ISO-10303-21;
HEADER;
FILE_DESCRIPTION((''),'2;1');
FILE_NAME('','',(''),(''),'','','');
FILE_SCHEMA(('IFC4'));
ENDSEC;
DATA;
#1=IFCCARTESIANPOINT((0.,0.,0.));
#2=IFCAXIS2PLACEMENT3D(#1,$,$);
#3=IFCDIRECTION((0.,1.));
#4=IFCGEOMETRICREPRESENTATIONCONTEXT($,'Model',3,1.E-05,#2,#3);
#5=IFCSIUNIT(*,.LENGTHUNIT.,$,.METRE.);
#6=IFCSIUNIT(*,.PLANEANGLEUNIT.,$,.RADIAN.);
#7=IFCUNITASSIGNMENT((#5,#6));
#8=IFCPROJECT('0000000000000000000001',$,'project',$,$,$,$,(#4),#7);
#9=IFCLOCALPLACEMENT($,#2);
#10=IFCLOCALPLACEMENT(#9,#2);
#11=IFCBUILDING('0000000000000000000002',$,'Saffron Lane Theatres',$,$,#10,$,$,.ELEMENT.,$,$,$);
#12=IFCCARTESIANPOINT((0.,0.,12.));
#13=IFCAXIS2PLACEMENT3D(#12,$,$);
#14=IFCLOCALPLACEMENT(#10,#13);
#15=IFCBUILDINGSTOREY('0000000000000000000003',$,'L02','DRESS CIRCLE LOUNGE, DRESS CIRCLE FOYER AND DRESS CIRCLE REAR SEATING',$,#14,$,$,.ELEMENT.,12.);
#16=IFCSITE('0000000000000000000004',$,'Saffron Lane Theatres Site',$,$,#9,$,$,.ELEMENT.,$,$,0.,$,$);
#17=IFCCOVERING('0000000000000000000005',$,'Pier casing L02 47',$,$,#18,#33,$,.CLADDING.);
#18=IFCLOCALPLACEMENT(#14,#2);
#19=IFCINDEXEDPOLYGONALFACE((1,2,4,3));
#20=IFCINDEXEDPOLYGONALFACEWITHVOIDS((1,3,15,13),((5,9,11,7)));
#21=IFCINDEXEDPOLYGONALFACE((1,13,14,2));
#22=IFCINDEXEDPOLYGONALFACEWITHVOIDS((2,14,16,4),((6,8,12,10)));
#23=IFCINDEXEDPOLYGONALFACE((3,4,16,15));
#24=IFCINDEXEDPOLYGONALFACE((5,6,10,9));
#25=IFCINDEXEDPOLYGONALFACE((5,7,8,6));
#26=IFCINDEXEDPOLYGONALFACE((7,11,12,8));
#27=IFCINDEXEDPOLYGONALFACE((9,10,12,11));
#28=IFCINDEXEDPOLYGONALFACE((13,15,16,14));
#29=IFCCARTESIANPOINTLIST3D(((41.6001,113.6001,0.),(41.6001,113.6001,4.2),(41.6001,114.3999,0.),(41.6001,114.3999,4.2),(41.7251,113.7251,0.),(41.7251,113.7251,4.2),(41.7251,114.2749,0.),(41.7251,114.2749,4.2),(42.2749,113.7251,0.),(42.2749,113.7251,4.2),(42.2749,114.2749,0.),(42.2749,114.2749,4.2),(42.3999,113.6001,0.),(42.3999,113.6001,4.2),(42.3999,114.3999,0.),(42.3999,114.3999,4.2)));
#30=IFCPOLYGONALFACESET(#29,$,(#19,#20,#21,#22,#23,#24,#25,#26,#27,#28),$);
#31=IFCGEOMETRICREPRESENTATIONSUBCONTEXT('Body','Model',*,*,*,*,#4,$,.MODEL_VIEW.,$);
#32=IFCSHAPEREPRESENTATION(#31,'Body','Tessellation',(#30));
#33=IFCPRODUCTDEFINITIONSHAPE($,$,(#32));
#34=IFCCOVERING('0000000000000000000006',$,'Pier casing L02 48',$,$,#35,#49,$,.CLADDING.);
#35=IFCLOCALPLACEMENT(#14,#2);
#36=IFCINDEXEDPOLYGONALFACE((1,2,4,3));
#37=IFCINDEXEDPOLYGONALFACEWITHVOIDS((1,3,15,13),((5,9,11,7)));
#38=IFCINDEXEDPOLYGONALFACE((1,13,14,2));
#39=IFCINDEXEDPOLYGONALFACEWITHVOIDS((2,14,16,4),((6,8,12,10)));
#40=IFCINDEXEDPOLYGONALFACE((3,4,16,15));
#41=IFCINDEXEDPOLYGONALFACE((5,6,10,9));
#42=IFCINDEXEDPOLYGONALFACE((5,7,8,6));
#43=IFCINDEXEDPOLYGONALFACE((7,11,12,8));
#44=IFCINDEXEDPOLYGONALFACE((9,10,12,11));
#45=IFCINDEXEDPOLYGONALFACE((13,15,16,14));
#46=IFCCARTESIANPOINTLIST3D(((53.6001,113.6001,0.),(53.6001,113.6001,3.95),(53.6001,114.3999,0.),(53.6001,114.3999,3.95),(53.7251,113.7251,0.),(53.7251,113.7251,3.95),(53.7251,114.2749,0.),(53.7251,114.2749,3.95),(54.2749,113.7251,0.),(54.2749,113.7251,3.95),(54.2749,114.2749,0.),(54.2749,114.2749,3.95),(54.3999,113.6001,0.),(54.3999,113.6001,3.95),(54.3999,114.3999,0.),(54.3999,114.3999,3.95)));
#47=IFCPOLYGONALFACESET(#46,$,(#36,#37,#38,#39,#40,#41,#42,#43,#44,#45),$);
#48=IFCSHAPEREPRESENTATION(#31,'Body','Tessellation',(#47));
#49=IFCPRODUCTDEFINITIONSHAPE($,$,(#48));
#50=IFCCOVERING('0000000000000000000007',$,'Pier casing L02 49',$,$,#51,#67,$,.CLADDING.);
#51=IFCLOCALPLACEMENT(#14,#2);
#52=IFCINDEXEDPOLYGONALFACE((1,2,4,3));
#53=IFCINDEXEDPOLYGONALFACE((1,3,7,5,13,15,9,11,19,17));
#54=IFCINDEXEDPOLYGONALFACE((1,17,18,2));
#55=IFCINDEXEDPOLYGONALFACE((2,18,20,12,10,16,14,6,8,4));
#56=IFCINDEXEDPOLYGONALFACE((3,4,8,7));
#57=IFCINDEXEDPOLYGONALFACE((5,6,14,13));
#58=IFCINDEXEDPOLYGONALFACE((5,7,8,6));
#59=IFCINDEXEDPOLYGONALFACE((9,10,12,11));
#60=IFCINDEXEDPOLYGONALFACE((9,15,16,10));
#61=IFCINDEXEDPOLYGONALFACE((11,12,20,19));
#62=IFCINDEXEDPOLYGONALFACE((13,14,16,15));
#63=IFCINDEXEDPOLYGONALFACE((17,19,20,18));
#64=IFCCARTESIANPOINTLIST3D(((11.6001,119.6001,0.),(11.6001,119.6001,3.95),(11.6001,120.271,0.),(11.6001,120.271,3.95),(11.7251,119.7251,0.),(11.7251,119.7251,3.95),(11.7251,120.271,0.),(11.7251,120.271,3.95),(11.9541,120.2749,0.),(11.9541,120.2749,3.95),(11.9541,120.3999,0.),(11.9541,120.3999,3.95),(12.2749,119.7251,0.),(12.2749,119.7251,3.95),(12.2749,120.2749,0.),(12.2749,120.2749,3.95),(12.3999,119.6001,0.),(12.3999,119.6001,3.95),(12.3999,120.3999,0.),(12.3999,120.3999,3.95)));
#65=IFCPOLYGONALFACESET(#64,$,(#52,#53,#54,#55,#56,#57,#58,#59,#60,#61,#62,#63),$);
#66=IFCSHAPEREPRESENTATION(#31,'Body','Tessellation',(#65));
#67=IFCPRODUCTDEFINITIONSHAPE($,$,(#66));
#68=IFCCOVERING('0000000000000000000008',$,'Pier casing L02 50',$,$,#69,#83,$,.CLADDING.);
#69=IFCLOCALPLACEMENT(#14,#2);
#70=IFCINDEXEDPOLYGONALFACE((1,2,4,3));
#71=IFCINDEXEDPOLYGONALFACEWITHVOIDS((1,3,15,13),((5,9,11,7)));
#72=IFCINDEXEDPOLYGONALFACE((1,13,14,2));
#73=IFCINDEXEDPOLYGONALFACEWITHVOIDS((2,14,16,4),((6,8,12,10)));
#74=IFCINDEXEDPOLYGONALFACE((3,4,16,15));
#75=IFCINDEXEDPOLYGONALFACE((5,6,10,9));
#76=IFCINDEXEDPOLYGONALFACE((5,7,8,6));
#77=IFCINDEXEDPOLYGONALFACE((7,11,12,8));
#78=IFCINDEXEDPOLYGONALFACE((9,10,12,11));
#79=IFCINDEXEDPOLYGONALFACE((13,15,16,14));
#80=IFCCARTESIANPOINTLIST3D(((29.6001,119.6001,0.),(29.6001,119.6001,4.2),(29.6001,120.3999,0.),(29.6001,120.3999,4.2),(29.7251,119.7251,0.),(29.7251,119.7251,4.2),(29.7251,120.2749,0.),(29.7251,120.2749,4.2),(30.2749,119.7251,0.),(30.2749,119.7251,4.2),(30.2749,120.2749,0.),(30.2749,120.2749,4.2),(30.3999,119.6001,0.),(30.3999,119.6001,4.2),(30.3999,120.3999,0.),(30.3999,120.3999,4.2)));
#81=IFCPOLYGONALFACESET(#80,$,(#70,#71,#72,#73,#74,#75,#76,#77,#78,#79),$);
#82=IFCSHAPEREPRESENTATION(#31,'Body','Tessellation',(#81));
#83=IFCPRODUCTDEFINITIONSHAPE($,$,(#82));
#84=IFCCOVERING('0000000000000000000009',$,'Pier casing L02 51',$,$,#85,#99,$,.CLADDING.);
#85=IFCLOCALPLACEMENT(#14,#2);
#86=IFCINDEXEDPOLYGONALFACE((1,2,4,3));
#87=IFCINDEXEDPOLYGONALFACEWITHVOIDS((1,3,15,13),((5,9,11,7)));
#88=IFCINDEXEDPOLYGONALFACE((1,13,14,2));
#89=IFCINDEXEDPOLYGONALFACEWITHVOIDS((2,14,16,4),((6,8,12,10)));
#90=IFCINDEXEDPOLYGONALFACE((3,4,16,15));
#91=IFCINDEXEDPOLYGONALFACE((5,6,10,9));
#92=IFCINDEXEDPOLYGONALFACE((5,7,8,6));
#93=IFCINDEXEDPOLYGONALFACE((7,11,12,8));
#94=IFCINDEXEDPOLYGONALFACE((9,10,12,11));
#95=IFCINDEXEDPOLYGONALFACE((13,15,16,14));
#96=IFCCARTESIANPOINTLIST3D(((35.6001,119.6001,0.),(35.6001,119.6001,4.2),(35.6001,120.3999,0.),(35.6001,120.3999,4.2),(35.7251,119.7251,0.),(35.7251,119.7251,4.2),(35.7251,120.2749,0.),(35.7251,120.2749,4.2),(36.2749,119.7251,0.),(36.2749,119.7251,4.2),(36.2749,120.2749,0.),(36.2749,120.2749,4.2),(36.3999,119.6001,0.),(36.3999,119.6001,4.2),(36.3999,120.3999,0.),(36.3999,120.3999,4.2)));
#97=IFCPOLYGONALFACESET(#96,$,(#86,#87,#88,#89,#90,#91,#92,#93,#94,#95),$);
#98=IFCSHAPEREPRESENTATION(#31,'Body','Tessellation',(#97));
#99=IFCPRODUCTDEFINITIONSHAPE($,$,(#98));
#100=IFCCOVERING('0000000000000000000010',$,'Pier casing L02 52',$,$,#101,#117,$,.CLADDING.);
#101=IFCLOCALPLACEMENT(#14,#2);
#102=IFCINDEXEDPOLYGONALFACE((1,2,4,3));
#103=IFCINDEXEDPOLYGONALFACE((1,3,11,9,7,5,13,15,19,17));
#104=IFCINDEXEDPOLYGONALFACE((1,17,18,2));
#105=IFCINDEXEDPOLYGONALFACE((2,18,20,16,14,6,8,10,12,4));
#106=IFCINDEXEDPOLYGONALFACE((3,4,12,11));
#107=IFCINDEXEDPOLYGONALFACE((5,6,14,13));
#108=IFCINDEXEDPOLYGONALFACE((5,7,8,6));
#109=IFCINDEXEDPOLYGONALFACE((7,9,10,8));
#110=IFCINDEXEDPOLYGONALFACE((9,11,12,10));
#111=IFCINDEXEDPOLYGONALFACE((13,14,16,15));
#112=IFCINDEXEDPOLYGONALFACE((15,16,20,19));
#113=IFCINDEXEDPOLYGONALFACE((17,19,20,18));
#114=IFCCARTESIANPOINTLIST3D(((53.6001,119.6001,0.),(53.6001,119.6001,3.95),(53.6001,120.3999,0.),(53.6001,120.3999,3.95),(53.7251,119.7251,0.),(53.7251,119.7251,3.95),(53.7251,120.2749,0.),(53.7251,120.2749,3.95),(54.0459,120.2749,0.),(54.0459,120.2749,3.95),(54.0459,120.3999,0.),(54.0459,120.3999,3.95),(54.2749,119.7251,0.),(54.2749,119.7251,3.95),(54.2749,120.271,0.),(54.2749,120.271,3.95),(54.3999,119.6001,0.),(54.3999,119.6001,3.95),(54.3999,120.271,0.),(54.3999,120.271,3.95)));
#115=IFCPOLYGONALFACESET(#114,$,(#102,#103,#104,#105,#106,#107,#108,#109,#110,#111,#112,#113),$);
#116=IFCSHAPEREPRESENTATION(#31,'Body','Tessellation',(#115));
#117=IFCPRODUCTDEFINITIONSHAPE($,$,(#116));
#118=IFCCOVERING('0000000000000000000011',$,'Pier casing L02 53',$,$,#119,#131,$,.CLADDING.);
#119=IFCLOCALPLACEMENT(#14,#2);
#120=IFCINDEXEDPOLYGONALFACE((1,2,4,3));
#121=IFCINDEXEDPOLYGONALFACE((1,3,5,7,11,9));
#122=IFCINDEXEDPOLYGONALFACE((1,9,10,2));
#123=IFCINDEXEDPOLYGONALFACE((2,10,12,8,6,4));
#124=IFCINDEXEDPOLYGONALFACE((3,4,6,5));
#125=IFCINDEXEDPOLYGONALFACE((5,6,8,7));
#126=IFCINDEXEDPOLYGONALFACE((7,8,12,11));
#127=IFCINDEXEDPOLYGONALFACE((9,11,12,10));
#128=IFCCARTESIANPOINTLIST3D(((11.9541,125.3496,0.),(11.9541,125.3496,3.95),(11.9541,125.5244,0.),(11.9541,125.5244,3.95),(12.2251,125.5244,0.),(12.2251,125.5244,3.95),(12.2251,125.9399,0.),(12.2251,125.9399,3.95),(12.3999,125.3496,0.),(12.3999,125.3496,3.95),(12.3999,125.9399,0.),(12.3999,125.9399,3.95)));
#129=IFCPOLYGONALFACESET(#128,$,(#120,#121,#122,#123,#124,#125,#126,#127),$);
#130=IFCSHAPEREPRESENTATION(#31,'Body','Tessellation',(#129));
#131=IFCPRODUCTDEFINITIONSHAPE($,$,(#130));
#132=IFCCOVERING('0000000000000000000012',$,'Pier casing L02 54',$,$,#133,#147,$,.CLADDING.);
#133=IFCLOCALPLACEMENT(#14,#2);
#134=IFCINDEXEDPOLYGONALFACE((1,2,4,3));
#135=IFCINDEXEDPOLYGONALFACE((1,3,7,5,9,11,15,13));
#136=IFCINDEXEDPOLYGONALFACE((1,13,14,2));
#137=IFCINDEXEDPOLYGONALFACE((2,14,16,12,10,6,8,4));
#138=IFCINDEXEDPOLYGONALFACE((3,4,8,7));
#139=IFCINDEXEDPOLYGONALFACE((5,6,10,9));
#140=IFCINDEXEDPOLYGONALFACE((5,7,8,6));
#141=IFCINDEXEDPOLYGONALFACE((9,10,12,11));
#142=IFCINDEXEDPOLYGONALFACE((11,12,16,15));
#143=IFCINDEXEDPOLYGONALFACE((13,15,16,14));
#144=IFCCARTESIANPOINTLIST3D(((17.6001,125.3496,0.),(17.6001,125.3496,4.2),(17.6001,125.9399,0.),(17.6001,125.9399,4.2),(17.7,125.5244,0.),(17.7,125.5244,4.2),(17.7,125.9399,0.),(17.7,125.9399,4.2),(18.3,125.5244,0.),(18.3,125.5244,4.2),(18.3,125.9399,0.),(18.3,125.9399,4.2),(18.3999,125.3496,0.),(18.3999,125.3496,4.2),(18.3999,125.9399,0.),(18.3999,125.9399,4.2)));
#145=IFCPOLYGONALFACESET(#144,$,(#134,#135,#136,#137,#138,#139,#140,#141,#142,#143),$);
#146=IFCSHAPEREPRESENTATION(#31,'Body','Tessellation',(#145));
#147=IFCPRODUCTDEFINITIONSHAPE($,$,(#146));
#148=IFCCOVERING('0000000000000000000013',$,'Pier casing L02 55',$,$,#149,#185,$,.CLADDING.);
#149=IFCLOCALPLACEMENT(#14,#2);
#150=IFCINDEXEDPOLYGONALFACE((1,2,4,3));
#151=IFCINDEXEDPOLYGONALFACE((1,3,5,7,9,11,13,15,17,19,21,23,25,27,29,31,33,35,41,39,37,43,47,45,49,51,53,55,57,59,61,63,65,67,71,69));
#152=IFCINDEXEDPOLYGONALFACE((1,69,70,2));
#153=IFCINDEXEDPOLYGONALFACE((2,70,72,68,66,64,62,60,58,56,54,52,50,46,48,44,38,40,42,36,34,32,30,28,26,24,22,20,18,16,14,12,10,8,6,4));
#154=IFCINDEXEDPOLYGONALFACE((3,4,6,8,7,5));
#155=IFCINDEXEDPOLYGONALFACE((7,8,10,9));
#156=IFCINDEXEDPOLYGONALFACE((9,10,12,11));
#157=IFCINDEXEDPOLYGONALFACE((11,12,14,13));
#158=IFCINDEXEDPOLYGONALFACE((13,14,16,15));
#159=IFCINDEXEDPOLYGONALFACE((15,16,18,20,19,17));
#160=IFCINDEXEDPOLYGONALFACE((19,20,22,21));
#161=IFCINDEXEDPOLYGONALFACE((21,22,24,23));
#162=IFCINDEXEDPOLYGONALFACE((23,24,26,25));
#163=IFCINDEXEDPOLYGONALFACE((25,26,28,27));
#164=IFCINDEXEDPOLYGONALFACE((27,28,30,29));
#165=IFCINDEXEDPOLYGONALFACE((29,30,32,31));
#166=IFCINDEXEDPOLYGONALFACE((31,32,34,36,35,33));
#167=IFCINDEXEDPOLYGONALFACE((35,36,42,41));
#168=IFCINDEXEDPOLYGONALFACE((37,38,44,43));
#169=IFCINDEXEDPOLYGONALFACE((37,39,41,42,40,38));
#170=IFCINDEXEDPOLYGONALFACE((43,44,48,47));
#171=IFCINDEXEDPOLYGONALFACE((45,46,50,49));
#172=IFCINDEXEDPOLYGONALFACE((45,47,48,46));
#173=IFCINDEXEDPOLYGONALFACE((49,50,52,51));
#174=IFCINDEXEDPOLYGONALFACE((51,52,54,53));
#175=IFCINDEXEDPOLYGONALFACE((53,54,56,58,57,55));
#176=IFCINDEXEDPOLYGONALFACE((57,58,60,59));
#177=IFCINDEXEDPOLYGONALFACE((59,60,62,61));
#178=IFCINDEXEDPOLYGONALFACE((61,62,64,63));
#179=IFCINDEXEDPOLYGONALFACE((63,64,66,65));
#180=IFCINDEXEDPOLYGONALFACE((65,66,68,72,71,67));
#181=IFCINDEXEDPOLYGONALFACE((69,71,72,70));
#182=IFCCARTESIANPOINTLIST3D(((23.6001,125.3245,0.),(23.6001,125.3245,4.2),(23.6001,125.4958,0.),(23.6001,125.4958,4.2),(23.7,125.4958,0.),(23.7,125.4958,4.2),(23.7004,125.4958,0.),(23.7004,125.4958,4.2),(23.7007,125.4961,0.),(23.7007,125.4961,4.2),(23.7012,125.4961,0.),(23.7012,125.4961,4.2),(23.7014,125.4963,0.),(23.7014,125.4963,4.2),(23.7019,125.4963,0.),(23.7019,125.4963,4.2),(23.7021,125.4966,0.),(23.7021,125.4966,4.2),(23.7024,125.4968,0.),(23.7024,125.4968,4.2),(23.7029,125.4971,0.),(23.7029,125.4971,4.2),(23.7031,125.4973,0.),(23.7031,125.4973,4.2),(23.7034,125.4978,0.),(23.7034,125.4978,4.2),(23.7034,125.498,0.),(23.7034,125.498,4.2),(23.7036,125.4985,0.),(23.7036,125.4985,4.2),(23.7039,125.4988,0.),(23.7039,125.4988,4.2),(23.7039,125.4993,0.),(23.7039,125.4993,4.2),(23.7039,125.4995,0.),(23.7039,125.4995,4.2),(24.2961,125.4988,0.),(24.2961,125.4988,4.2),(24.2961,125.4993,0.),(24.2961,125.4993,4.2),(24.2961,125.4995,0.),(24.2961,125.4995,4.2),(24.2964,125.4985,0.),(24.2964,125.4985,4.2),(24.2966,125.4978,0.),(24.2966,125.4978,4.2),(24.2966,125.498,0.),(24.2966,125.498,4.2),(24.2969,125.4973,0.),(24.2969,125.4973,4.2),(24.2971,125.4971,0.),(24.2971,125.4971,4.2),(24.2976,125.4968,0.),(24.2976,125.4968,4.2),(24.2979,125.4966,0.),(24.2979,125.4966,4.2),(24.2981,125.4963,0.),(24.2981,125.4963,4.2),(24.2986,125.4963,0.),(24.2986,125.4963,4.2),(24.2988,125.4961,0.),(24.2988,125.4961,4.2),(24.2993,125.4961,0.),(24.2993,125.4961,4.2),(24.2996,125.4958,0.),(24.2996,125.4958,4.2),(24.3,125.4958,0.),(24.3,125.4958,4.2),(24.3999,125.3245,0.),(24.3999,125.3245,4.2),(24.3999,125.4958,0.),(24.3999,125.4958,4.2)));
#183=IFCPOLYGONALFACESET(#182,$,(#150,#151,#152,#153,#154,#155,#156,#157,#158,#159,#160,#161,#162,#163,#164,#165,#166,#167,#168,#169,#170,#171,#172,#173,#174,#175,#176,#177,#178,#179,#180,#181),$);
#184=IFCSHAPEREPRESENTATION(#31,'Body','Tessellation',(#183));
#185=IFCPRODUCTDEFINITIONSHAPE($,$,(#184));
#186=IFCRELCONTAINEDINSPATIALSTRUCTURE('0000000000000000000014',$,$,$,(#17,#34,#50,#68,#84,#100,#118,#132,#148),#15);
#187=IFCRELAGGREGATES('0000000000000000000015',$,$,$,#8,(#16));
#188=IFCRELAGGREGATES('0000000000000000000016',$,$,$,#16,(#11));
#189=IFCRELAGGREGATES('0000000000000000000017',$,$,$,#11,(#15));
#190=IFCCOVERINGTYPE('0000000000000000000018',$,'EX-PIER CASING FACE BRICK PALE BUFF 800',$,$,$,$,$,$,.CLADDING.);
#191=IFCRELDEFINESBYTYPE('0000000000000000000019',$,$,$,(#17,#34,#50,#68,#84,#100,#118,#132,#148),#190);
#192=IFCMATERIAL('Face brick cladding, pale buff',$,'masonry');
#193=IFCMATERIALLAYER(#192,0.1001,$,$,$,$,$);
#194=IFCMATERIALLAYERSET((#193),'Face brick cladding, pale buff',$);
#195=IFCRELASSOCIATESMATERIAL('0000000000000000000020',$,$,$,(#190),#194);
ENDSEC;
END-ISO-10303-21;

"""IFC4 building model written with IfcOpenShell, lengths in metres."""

from ifc_helpers import new_model, si_unit, direction, frame, origin, place, context, subcontext, project, spatial, polyline, outline, extrude, material, layer, layer_set, type_object, element, save


model = new_model("IFC4")

# Units and contexts
model_context = context("Model", 3, precision=1e-05, world=origin(), true_north=direction((0.0, 1.0)))
body_context = subcontext(model_context, "Body", "Model", "MODEL_VIEW")
ifc_project = project(units=[si_unit("LENGTHUNIT", "METRE"), si_unit("PLANEANGLEUNIT", "RADIAN")], contexts=[model_context])

# Site, building, storey
site_placement = place(None, origin())
site = spatial("IfcSite", under=ifc_project, at=site_placement, Name="Saffron Lane Theatres Site", CompositionType="ELEMENT", RefElevation=0.0)
building_placement = place(site_placement, origin())
building = spatial("IfcBuilding", under=site, at=building_placement, Name="Saffron Lane Theatres", CompositionType="ELEMENT")
storey_placement = place(building_placement, frame((0.0, 0.0, 12.0)))
storey = spatial("IfcBuildingStorey", under=building, at=storey_placement, Name="L02", Description="DRESS CIRCLE LOUNGE, DRESS CIRCLE FOYER AND DRESS CIRCLE REAR SEATING", CompositionType="ELEMENT", Elevation=12.0)

# Coverings
ifc_material_1 = material(Name="Face brick cladding, pale buff", Category="masonry")
ifc_layer_1 = layer(ifc_material_1, 0.1001)
ifc_layer_set_1 = layer_set([ifc_layer_1], Name="Face brick cladding, pale buff")
covering_type = type_object("IfcCoveringType", Name="EX-PIER CASING FACE BRICK PALE BUFF 800", PredefinedType="CLADDING", material=ifc_layer_set_1)
covering_1_placement = place(storey_placement, origin())
element("IfcCovering", 1, at=covering_1_placement, inside=storey, type_object=covering_type, Name="Pier casing L02 47", PredefinedType="CLADDING", context=body_context, shape_type="SweptSolid", body=[
    extrude(outline(polyline([(42.3999, 114.3999), (41.6001, 114.3999), (41.6001, 113.6001), (42.3999, 113.6001), (42.3999, 114.3999)]), holes=[polyline([(41.7251, 114.2749), (42.2749, 114.2749), (42.2749, 113.7251), (41.7251, 113.7251), (41.7251, 114.2749)])]), origin(), (0.0, 0.0, 1.0), 4.2),
])
covering_2_placement = place(storey_placement, origin())
element("IfcCovering", 2, at=covering_2_placement, inside=storey, type_object=covering_type, Name="Pier casing L02 48", PredefinedType="CLADDING", context=body_context, shape_type="SweptSolid", body=[
    extrude(outline(polyline([(54.3999, 114.3999), (53.6001, 114.3999), (53.6001, 113.6001), (54.3999, 113.6001), (54.3999, 114.3999)]), holes=[polyline([(53.7251, 114.2749), (54.2749, 114.2749), (54.2749, 113.7251), (53.7251, 113.7251), (53.7251, 114.2749)])]), origin(), (0.0, 0.0, 1.0), 3.95),
])
covering_3_placement = place(storey_placement, origin())
element("IfcCovering", 3, at=covering_3_placement, inside=storey, type_object=covering_type, Name="Pier casing L02 49", PredefinedType="CLADDING", context=body_context, shape_type="SweptSolid", body=[
    extrude(outline(polyline([(12.3999, 120.3999), (11.9541, 120.3999), (11.9541, 120.2749), (12.2749, 120.2749), (12.2749, 119.7251), (11.7251, 119.7251), (11.7251, 120.271), (11.6001, 120.271), (11.6001, 119.6001), (12.3999, 119.6001), (12.3999, 120.3999)])), origin(), (0.0, 0.0, 1.0), 3.95),
])
covering_4_placement = place(storey_placement, origin())
element("IfcCovering", 4, at=covering_4_placement, inside=storey, type_object=covering_type, Name="Pier casing L02 50", PredefinedType="CLADDING", context=body_context, shape_type="SweptSolid", body=[
    extrude(outline(polyline([(30.3999, 120.3999), (29.6001, 120.3999), (29.6001, 119.6001), (30.3999, 119.6001), (30.3999, 120.3999)]), holes=[polyline([(29.7251, 120.2749), (30.2749, 120.2749), (30.2749, 119.7251), (29.7251, 119.7251), (29.7251, 120.2749)])]), origin(), (0.0, 0.0, 1.0), 4.2),
])
covering_5_placement = place(storey_placement, origin())
element("IfcCovering", 5, at=covering_5_placement, inside=storey, type_object=covering_type, Name="Pier casing L02 51", PredefinedType="CLADDING", context=body_context, shape_type="SweptSolid", body=[
    extrude(outline(polyline([(36.3999, 120.3999), (35.6001, 120.3999), (35.6001, 119.6001), (36.3999, 119.6001), (36.3999, 120.3999)]), holes=[polyline([(35.7251, 120.2749), (36.2749, 120.2749), (36.2749, 119.7251), (35.7251, 119.7251), (35.7251, 120.2749)])]), origin(), (0.0, 0.0, 1.0), 4.2),
])
covering_6_placement = place(storey_placement, origin())
element("IfcCovering", 6, at=covering_6_placement, inside=storey, type_object=covering_type, Name="Pier casing L02 52", PredefinedType="CLADDING", context=body_context, shape_type="SweptSolid", body=[
    extrude(outline(polyline([(54.0459, 120.3999), (53.6001, 120.3999), (53.6001, 119.6001), (54.3999, 119.6001), (54.3999, 120.271), (54.2749, 120.271), (54.2749, 119.7251), (53.7251, 119.7251), (53.7251, 120.2749), (54.0459, 120.2749), (54.0459, 120.3999)])), origin(), (0.0, 0.0, 1.0), 3.95),
])
covering_7_placement = place(storey_placement, origin())
element("IfcCovering", 7, at=covering_7_placement, inside=storey, type_object=covering_type, Name="Pier casing L02 53", PredefinedType="CLADDING", context=body_context, shape_type="SweptSolid", body=[
    extrude(outline(polyline([(12.2251, 125.5244), (11.9541, 125.5244), (11.9541, 125.5244), (11.9541, 125.3496), (12.3999, 125.3496), (12.3999, 125.9399), (12.2251, 125.9399), (12.2251, 125.5244)])), origin(), (0.0, 0.0, 1.0), 3.95),
])
covering_8_placement = place(storey_placement, origin())
element("IfcCovering", 8, at=covering_8_placement, inside=storey, type_object=covering_type, Name="Pier casing L02 54", PredefinedType="CLADDING", context=body_context, shape_type="SweptSolid", body=[
    extrude(outline(polyline([(17.6001, 125.9399), (17.6001, 125.3496), (18.3999, 125.3496), (18.3999, 125.9399), (18.3, 125.9399), (18.3, 125.5244), (17.7, 125.5244), (17.7, 125.9399), (17.6001, 125.9399)])), origin(), (0.0, 0.0, 1.0), 4.2),
])
covering_9_placement = place(storey_placement, origin())
element("IfcCovering", 9, at=covering_9_placement, inside=storey, type_object=covering_type, Name="Pier casing L02 55", PredefinedType="CLADDING", context=body_context, shape_type="SweptSolid", body=[
    extrude(outline(polyline([(23.6001, 125.4958), (23.6001, 125.3245), (24.3999, 125.3245), (24.3999, 125.4958), (24.3, 125.4958), (24.2996, 125.4958), (24.2993, 125.4961), (24.2988, 125.4961), (24.2986, 125.4963), (24.2981, 125.4963), (24.2979, 125.4966), (24.2976, 125.4968), (24.2971, 125.4971), (24.2969, 125.4973), (24.2966, 125.4978), (24.2966, 125.498), (24.2964, 125.4985), (24.2961, 125.4988), (24.2961, 125.4993), (24.2961, 125.4995), (23.7039, 125.4995), (23.7039, 125.4993), (23.7039, 125.4988), (23.7036, 125.4985), (23.7034, 125.498), (23.7034, 125.4978), (23.7031, 125.4973), (23.7029, 125.4971), (23.7024, 125.4968), (23.7021, 125.4966), (23.7019, 125.4963), (23.7014, 125.4963), (23.7012, 125.4961), (23.7007, 125.4961), (23.7004, 125.4958), (23.7, 125.4958), (23.6001, 125.4958)])), origin(), (0.0, 0.0, 1.0), 4.2),
])

save(model, "model.ifc")
